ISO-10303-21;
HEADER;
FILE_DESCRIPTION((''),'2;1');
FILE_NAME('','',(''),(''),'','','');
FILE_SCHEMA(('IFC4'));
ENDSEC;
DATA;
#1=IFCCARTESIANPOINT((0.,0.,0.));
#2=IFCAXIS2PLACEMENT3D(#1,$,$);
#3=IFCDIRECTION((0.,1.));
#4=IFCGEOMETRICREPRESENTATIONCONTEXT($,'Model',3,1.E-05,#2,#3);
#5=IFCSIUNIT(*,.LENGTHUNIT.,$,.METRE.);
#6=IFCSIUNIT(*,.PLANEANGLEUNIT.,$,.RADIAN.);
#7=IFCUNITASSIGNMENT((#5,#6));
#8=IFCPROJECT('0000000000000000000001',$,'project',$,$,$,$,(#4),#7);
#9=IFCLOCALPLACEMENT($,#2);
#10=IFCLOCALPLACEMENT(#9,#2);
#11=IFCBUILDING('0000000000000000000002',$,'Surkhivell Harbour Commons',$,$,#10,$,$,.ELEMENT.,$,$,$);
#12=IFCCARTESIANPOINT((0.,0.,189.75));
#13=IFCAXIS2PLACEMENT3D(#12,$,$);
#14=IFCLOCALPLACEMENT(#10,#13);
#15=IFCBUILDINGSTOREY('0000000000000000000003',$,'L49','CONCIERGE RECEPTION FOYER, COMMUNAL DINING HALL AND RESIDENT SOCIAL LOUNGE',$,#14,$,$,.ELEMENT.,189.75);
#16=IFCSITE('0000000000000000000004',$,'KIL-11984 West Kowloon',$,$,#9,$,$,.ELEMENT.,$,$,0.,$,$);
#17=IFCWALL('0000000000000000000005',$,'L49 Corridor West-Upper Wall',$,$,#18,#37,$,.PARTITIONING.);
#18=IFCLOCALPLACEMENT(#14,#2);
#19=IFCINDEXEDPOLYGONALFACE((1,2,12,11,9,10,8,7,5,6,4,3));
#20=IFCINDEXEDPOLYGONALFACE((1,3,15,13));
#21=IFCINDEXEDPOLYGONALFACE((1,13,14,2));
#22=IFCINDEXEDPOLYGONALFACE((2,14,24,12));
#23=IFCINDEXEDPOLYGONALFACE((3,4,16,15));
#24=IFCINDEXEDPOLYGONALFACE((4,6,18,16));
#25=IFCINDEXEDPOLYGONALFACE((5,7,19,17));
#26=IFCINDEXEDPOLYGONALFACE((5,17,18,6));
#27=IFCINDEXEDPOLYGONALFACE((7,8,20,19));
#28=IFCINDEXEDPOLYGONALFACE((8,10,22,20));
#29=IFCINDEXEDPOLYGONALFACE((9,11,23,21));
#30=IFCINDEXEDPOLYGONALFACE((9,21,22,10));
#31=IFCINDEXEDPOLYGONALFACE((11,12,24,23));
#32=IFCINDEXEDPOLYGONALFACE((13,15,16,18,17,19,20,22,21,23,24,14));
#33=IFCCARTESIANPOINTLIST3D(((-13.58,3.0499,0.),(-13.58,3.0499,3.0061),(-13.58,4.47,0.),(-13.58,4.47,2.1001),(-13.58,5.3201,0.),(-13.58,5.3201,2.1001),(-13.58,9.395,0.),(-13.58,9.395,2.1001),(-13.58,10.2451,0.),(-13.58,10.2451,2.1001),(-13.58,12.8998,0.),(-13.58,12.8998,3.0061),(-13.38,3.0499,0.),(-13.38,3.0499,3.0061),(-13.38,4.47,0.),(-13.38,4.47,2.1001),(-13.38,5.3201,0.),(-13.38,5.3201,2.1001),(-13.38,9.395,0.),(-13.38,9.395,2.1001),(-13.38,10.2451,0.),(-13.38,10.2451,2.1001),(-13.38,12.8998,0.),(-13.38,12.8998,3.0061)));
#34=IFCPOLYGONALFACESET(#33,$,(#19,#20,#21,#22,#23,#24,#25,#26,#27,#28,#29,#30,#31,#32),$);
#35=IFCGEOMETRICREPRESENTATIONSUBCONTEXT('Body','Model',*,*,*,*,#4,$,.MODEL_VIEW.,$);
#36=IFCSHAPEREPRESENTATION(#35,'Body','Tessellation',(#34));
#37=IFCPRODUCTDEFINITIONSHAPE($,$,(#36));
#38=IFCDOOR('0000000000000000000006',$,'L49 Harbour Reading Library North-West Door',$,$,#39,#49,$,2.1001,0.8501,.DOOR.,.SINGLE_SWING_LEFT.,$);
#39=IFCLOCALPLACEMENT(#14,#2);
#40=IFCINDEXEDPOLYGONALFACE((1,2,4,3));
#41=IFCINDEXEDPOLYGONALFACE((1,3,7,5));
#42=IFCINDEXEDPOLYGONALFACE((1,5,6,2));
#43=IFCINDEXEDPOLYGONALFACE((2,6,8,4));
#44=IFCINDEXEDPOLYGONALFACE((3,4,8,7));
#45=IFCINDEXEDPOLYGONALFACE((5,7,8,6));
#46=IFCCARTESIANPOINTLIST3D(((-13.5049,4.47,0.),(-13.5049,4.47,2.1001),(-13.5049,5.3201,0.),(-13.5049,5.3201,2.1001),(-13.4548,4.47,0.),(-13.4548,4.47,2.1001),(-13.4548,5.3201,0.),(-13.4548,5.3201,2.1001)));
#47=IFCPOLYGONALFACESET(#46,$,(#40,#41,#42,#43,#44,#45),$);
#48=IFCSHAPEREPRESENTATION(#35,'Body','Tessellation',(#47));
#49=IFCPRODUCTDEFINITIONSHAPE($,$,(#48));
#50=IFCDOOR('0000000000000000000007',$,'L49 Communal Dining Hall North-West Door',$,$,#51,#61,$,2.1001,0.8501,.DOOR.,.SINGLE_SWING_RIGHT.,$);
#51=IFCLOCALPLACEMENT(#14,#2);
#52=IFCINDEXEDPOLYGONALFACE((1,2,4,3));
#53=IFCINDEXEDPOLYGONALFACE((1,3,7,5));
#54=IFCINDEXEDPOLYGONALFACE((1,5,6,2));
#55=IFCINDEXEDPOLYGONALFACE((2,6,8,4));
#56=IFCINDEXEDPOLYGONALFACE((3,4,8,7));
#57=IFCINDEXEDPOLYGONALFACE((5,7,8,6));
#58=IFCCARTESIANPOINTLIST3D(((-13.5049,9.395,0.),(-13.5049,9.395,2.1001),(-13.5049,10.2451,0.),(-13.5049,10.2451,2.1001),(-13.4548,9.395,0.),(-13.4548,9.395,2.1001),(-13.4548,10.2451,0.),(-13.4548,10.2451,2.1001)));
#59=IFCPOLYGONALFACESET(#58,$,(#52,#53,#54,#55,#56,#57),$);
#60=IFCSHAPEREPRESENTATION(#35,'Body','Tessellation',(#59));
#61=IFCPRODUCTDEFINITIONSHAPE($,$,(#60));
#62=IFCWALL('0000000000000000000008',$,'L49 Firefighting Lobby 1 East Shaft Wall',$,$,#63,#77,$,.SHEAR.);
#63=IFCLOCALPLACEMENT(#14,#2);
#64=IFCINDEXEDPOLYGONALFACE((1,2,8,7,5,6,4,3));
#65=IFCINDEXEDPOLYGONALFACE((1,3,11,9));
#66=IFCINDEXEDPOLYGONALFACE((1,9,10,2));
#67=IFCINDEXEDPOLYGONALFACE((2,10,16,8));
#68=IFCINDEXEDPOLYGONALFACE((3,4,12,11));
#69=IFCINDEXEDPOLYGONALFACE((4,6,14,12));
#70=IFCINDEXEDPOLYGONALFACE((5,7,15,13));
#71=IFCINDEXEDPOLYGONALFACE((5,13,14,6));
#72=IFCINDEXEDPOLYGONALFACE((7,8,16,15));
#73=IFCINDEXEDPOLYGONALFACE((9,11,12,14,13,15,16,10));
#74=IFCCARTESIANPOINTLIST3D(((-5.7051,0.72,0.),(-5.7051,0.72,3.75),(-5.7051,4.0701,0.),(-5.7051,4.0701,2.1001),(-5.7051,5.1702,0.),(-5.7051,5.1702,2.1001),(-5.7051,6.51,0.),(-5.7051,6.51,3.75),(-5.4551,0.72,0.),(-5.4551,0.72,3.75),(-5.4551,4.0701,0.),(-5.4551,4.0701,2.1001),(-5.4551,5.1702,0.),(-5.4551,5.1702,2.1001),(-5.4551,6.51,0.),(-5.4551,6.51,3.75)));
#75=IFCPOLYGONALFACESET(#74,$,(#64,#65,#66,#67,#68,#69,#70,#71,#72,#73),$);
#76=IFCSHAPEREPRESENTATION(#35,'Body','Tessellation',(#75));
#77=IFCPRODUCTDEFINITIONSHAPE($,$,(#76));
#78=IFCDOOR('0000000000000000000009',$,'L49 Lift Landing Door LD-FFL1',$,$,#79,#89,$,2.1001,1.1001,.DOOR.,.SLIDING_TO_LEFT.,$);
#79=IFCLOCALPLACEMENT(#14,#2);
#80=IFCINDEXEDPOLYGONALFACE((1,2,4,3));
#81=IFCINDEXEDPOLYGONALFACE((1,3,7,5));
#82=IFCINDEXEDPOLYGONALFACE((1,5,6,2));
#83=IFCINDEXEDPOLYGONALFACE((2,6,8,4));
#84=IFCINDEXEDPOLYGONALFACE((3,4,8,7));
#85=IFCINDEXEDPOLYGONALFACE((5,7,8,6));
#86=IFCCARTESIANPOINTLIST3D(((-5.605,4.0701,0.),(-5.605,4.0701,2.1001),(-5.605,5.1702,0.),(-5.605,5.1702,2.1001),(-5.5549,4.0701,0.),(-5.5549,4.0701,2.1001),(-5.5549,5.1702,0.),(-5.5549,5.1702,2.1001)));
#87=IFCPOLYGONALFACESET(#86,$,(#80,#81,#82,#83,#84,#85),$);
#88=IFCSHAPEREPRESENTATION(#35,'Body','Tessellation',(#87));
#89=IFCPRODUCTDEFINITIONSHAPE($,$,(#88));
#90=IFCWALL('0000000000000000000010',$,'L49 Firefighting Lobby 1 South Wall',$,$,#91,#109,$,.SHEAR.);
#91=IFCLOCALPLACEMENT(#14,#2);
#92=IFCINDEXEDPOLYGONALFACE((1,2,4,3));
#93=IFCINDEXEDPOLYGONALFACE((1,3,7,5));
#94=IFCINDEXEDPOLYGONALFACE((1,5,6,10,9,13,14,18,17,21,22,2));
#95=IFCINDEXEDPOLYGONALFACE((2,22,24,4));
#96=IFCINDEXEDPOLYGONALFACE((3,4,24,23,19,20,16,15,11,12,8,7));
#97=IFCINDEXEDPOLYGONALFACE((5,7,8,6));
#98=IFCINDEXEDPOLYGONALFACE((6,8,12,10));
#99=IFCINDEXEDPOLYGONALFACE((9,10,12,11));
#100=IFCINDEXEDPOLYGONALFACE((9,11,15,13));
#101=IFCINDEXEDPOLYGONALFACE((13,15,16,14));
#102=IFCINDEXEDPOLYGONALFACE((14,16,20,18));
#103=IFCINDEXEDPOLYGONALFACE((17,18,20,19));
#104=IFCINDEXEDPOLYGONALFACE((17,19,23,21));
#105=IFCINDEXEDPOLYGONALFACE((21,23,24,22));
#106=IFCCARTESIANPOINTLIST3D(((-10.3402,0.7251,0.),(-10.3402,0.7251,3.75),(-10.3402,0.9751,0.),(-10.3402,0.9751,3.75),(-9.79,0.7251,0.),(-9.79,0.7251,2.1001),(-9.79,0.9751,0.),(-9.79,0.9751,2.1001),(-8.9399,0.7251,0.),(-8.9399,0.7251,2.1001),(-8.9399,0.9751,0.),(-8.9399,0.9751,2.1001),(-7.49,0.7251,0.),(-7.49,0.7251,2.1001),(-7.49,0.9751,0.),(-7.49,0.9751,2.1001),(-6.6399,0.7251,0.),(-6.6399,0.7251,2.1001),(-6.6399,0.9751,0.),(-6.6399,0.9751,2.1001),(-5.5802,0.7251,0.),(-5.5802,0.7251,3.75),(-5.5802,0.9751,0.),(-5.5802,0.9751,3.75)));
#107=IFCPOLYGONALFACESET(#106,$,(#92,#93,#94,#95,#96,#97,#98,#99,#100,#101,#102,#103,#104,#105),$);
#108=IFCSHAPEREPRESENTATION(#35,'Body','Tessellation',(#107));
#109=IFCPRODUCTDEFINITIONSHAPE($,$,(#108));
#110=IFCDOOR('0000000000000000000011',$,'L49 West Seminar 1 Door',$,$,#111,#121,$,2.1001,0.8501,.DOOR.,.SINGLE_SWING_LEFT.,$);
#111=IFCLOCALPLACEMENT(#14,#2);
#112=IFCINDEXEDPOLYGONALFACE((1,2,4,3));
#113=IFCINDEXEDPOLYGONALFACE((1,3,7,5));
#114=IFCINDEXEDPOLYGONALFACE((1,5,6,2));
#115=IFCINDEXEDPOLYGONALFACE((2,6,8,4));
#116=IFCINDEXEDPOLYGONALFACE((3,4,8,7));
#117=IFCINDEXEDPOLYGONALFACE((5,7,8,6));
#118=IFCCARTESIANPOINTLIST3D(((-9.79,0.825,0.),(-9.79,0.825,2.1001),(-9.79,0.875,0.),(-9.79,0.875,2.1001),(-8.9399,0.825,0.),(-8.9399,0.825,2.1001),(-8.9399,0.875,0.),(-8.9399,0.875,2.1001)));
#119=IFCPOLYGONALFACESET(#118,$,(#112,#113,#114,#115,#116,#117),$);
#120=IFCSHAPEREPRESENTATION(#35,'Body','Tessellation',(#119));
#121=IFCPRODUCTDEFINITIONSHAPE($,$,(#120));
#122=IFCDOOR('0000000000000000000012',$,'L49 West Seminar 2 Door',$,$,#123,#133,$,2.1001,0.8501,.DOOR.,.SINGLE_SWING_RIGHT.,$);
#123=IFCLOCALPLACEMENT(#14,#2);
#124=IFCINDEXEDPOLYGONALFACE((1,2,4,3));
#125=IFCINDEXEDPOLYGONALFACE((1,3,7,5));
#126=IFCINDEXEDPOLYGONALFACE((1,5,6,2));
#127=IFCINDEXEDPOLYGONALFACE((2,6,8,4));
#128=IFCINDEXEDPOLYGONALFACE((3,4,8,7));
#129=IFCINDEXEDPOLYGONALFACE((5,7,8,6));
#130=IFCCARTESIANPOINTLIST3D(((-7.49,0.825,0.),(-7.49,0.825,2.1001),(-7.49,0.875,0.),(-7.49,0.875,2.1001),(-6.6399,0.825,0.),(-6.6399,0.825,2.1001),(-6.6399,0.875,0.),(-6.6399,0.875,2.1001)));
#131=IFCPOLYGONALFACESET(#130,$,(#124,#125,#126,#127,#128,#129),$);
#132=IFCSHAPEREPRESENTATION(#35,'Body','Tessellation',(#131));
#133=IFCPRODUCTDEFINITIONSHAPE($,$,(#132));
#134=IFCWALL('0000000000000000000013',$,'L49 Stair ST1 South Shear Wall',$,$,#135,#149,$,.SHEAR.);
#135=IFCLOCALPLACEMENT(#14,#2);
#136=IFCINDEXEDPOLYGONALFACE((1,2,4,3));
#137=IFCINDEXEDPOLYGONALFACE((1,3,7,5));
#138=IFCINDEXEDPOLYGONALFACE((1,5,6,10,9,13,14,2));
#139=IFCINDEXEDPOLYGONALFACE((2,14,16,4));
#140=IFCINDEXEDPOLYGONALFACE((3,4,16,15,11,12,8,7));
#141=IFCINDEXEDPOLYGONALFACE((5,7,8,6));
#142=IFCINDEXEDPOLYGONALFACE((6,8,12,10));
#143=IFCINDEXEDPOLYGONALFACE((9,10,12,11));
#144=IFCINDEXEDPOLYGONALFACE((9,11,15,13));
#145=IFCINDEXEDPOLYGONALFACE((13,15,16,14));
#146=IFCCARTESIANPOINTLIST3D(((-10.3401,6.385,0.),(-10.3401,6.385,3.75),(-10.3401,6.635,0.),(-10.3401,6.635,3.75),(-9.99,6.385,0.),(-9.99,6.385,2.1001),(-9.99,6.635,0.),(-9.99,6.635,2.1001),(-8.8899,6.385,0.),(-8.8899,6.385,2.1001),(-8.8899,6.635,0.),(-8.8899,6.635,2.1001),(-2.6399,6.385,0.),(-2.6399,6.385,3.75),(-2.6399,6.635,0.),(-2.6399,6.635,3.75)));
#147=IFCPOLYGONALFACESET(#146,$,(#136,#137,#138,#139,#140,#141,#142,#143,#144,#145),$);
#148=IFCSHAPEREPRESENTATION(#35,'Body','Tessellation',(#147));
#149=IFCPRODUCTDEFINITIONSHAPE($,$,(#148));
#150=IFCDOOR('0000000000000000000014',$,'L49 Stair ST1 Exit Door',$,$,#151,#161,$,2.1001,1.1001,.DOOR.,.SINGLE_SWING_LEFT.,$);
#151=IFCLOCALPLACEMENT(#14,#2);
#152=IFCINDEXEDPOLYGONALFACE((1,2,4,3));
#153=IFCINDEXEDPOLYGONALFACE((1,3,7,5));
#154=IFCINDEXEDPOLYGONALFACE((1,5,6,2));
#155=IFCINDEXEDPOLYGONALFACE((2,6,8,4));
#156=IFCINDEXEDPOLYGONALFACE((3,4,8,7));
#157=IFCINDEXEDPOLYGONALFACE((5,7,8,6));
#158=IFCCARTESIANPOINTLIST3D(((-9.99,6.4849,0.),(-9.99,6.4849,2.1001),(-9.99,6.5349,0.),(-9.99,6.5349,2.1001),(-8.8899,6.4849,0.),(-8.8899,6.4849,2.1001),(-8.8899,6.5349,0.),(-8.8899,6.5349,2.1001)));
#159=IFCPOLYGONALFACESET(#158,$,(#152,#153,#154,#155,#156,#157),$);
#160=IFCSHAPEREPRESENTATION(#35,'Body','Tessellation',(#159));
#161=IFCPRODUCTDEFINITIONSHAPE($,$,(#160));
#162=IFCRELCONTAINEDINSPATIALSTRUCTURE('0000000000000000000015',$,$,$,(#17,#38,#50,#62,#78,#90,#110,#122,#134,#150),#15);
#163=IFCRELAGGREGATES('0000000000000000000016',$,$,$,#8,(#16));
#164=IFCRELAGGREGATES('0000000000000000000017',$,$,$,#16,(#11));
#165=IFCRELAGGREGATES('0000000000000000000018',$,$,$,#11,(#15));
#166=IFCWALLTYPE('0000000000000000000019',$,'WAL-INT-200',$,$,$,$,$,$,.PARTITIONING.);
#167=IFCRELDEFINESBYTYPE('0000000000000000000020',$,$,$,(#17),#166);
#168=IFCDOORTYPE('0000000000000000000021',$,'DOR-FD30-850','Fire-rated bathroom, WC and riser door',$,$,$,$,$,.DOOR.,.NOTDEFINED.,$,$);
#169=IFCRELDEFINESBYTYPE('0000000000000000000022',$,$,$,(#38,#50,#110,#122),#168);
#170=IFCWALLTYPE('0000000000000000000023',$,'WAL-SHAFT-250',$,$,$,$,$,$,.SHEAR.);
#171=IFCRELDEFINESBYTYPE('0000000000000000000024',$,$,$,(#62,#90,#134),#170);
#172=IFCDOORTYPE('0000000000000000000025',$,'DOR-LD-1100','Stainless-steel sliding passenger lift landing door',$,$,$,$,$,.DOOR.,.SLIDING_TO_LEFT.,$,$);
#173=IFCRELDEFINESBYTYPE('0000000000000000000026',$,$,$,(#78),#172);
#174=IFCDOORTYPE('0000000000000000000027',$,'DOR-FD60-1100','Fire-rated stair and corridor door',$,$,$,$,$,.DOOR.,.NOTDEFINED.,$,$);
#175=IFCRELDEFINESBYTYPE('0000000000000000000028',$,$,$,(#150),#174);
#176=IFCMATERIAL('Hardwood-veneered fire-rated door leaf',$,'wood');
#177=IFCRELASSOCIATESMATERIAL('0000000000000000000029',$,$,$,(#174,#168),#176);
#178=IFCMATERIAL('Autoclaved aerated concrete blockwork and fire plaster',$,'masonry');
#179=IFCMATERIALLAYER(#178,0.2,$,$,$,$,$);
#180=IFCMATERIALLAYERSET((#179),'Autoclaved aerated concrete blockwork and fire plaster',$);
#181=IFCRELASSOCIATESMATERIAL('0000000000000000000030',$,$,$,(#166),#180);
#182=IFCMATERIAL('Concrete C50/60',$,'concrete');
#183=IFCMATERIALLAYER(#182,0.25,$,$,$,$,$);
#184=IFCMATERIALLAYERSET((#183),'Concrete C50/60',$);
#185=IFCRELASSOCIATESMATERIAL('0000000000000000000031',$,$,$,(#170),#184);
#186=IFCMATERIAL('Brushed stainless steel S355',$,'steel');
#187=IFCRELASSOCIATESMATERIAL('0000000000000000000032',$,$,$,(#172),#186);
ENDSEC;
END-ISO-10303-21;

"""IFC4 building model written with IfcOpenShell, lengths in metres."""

from ifc_helpers import new_model, si_unit, direction, frame, frame_2d, origin, place, context, subcontext, project, spatial, rectangle, extrude, material, layer, layer_set, type_object, element, fill, save


model = new_model("IFC4")

# Units and contexts
model_context = context("Model", 3, precision=1e-05, world=origin(), true_north=direction((0.0, 1.0)))
body_context = subcontext(model_context, "Body", "Model", "MODEL_VIEW")
ifc_project = project(units=[si_unit("LENGTHUNIT", "METRE"), si_unit("PLANEANGLEUNIT", "RADIAN")], contexts=[model_context])

# Site, building, storey
site_placement = place(None, origin())
site = spatial("IfcSite", under=ifc_project, at=site_placement, Name="KIL-11984 West Kowloon", CompositionType="ELEMENT", RefElevation=0.0)
building_placement = place(site_placement, origin())
building = spatial("IfcBuilding", under=site, at=building_placement, Name="Surkhivell Harbour Commons", CompositionType="ELEMENT")
storey_placement = place(building_placement, frame((0.0, 0.0, 189.75)))
storey = spatial("IfcBuildingStorey", under=building, at=storey_placement, Name="L49", Description="CONCIERGE RECEPTION FOYER, COMMUNAL DINING HALL AND RESIDENT SOCIAL LOUNGE", CompositionType="ELEMENT", Elevation=189.75)

# Shared definitions
ifc_material_1 = material(Name="Hardwood-veneered fire-rated door leaf", Category="wood")
door_type_1 = type_object("IfcDoorType", Name="DOR-FD60-1100", Description="Fire-rated stair and corridor door", OperationType="NOTDEFINED", PredefinedType="DOOR", material=ifc_material_1)

# Wall, openings, doors
ifc_material_2 = material(Name="Autoclaved aerated concrete blockwork and fire plaster", Category="masonry")
ifc_layer_1 = layer(ifc_material_2, 0.2)
ifc_layer_set_1 = layer_set([ifc_layer_1], Name="Autoclaved aerated concrete blockwork and fire plaster")
wall_type_1 = type_object("IfcWallType", Name="WAL-INT-200", PredefinedType="PARTITIONING", material=ifc_layer_set_1)
wall_1_placement = place(storey_placement, frame((-13.48, 3.05, 0.0), z_axis=(0.0, 0.0, 1.0), x_axis=(0.0, 1.0, 0.0)))
wall_1 = element("IfcWall", 1, at=wall_1_placement, inside=storey, type_object=wall_type_1, Name="L49 Corridor West-Upper Wall", PredefinedType="PARTITIONING", context=body_context, shape_type="SweptSolid", body=[
    extrude(rectangle(XDim=9.8499, YDim=0.2, at=frame_2d((4.9248, 0.0))), origin(), (0.0, 0.0, 1.0), 3.0061),
])
opening_1_placement = place(wall_1_placement, frame((1.4199, 0.0, 0.0)))
opening_1 = element("IfcOpeningElement", 2, at=opening_1_placement, cuts=wall_1, PredefinedType="OPENING", context=body_context, shape_type="SweptSolid", body=[
    extrude(rectangle(XDim=0.8501, YDim=2.1001, at=frame_2d((0.425, 1.05))), frame((0.0, 0.1099, 0.0), z_axis=(0.0, -1.0, 0.0), x_axis=(1.0, 0.0, 0.0)), (0.0, 0.0, 1.0), 0.22),
])
opening_2_placement = place(wall_1_placement, frame((6.345, 0.0, 0.0)))
opening_2 = element("IfcOpeningElement", 3, at=opening_2_placement, cuts=wall_1, PredefinedType="OPENING", context=body_context, shape_type="SweptSolid", body=[
    extrude(rectangle(XDim=0.8501, YDim=2.1001, at=frame_2d((0.425, 1.05))), frame((0.0, 0.1099, 0.0), z_axis=(0.0, -1.0, 0.0), x_axis=(1.0, 0.0, 0.0)), (0.0, 0.0, 1.0), 0.22),
])
door_type_2 = type_object("IfcDoorType", Name="DOR-FD30-850", Description="Fire-rated bathroom, WC and riser door", OperationType="NOTDEFINED", PredefinedType="DOOR", material=ifc_material_1)
door_1_placement = place(opening_1_placement, origin())
door_1 = element("IfcDoor", 4, at=door_1_placement, inside=storey, type_object=door_type_2, Name="L49 Harbour Reading Library North-West Door", OperationType="SINGLE_SWING_LEFT", OverallHeight=2.1001, OverallWidth=0.8501, PredefinedType="DOOR", context=body_context, shape_type="SweptSolid", body=[
    extrude(rectangle(XDim=0.8501, YDim=2.1001, at=frame_2d((0.425, 1.05))), frame((0.0, 0.0249, 0.0), z_axis=(0.0, -1.0, 0.0), x_axis=(1.0, 0.0, 0.0)), (0.0, 0.0, 1.0), 0.05),
])
fill(opening_1, door_1)
door_2_placement = place(opening_2_placement, origin())
door_2 = element("IfcDoor", 5, at=door_2_placement, inside=storey, type_object=door_type_2, Name="L49 Communal Dining Hall North-West Door", OperationType="SINGLE_SWING_RIGHT", OverallHeight=2.1001, OverallWidth=0.8501, PredefinedType="DOOR", context=body_context, shape_type="SweptSolid", body=[
    extrude(rectangle(XDim=0.8501, YDim=2.1001, at=frame_2d((0.425, 1.05))), frame((0.0, 0.0249, 0.0), z_axis=(0.0, -1.0, 0.0), x_axis=(1.0, 0.0, 0.0)), (0.0, 0.0, 1.0), 0.05),
])
fill(opening_2, door_2)

# Wall, opening, door
ifc_material_3 = material(Name="Concrete C50/60", Category="concrete")
ifc_layer_2 = layer(ifc_material_3, 0.25)
ifc_layer_set_2 = layer_set([ifc_layer_2], Name="Concrete C50/60")
wall_type_2 = type_object("IfcWallType", Name="WAL-SHAFT-250", PredefinedType="SHEAR", material=ifc_layer_set_2)
wall_2_placement = place(storey_placement, frame((-5.5801, 0.72, 0.0), z_axis=(0.0, 0.0, 1.0), x_axis=(0.0, 1.0, 0.0)))
wall_2 = element("IfcWall", 6, at=wall_2_placement, inside=storey, type_object=wall_type_2, Name="L49 Firefighting Lobby 1 East Shaft Wall", PredefinedType="SHEAR", context=body_context, shape_type="SweptSolid", body=[
    extrude(rectangle(XDim=5.79, YDim=0.25, at=frame_2d((2.895, 0.0))), origin(), (0.0, 0.0, 1.0), 3.75),
])
opening_3_placement = place(wall_2_placement, frame((3.3501, 0.0, 0.0)))
opening_3 = element("IfcOpeningElement", 7, at=opening_3_placement, cuts=wall_2, PredefinedType="OPENING", context=body_context, shape_type="SweptSolid", body=[
    extrude(rectangle(XDim=1.1001, YDim=2.1001, at=frame_2d((0.55, 1.05))), frame((0.0, 0.135, 0.0), z_axis=(0.0, -1.0, 0.0), x_axis=(1.0, 0.0, 0.0)), (0.0, 0.0, 1.0), 0.27),
])
ifc_material_4 = material(Name="Brushed stainless steel S355", Category="steel")
door_type_3 = type_object("IfcDoorType", Name="DOR-LD-1100", Description="Stainless-steel sliding passenger lift landing door", OperationType="SLIDING_TO_LEFT", PredefinedType="DOOR", material=ifc_material_4)
door_3_placement = place(opening_3_placement, origin())
door_3 = element("IfcDoor", 8, at=door_3_placement, inside=storey, type_object=door_type_3, Name="L49 Lift Landing Door LD-FFL1", OperationType="SLIDING_TO_LEFT", OverallHeight=2.1001, OverallWidth=1.1001, PredefinedType="DOOR", context=body_context, shape_type="SweptSolid", body=[
    extrude(rectangle(XDim=1.1001, YDim=2.1001, at=frame_2d((0.55, 1.05))), frame((0.0, 0.0249, 0.0), z_axis=(0.0, -1.0, 0.0), x_axis=(1.0, 0.0, 0.0)), (0.0, 0.0, 1.0), 0.05),
])
fill(opening_3, door_3)

# Wall, openings, doors
wall_3_placement = place(storey_placement, frame((-10.3401, 0.8501, 0.0), z_axis=(0.0, 0.0, 1.0), x_axis=(1.0, 0.0, 0.0)))
wall_3 = element("IfcWall", 9, at=wall_3_placement, inside=storey, type_object=wall_type_2, Name="L49 Firefighting Lobby 1 South Wall", PredefinedType="SHEAR", context=body_context, shape_type="SweptSolid", body=[
    extrude(rectangle(XDim=4.76, YDim=0.25, at=frame_2d((2.3799, 0.0))), origin(), (0.0, 0.0, 1.0), 3.75),
])
opening_4_placement = place(wall_3_placement, frame((0.55, 0.0, 0.0)))
opening_4 = element("IfcOpeningElement", 10, at=opening_4_placement, cuts=wall_3, PredefinedType="OPENING", context=body_context, shape_type="SweptSolid", body=[
    extrude(rectangle(XDim=0.8501, YDim=2.1001, at=frame_2d((0.425, 1.05))), frame((0.0, 0.135, 0.0), z_axis=(0.0, -1.0, 0.0), x_axis=(1.0, 0.0, 0.0)), (0.0, 0.0, 1.0), 0.27),
])
opening_5_placement = place(wall_3_placement, frame((2.8501, 0.0, 0.0)))
opening_5 = element("IfcOpeningElement", 11, at=opening_5_placement, cuts=wall_3, PredefinedType="OPENING", context=body_context, shape_type="SweptSolid", body=[
    extrude(rectangle(XDim=0.8501, YDim=2.1001, at=frame_2d((0.425, 1.05))), frame((0.0, 0.135, 0.0), z_axis=(0.0, -1.0, 0.0), x_axis=(1.0, 0.0, 0.0)), (0.0, 0.0, 1.0), 0.27),
])
door_4_placement = place(opening_4_placement, origin())
door_4 = element("IfcDoor", 12, at=door_4_placement, inside=storey, type_object=door_type_2, Name="L49 West Seminar 1 Door", OperationType="SINGLE_SWING_LEFT", OverallHeight=2.1001, OverallWidth=0.8501, PredefinedType="DOOR", context=body_context, shape_type="SweptSolid", body=[
    extrude(rectangle(XDim=0.8501, YDim=2.1001, at=frame_2d((0.425, 1.05))), frame((0.0, 0.0249, 0.0), z_axis=(0.0, -1.0, 0.0), x_axis=(1.0, 0.0, 0.0)), (0.0, 0.0, 1.0), 0.05),
])
fill(opening_4, door_4)
door_5_placement = place(opening_5_placement, origin())
door_5 = element("IfcDoor", 13, at=door_5_placement, inside=storey, type_object=door_type_2, Name="L49 West Seminar 2 Door", OperationType="SINGLE_SWING_RIGHT", OverallHeight=2.1001, OverallWidth=0.8501, PredefinedType="DOOR", context=body_context, shape_type="SweptSolid", body=[
    extrude(rectangle(XDim=0.8501, YDim=2.1001, at=frame_2d((0.425, 1.05))), frame((0.0, 0.0249, 0.0), z_axis=(0.0, -1.0, 0.0), x_axis=(1.0, 0.0, 0.0)), (0.0, 0.0, 1.0), 0.05),
])
fill(opening_5, door_5)

# Wall, opening, door
wall_4_placement = place(storey_placement, frame((-10.3401, 6.51, 0.0), z_axis=(0.0, 0.0, 1.0), x_axis=(1.0, 0.0, 0.0)))
wall_4 = element("IfcWall", 14, at=wall_4_placement, inside=storey, type_object=wall_type_2, Name="L49 Stair ST1 South Shear Wall", PredefinedType="SHEAR", context=body_context, shape_type="SweptSolid", body=[
    extrude(rectangle(XDim=7.7002, YDim=0.25, at=frame_2d((3.8501, 0.0))), origin(), (0.0, 0.0, 1.0), 3.75),
])
opening_6_placement = place(wall_4_placement, frame((0.3501, 0.0, 0.0)))
opening_6 = element("IfcOpeningElement", 15, at=opening_6_placement, cuts=wall_4, PredefinedType="OPENING", context=body_context, shape_type="SweptSolid", body=[
    extrude(rectangle(XDim=1.1001, YDim=2.1001, at=frame_2d((0.55, 1.05))), frame((0.0, 0.135, 0.0), z_axis=(0.0, -1.0, 0.0), x_axis=(1.0, 0.0, 0.0)), (0.0, 0.0, 1.0), 0.27),
])
door_6_placement = place(opening_6_placement, origin())
door_6 = element("IfcDoor", 16, at=door_6_placement, inside=storey, type_object=door_type_1, Name="L49 Stair ST1 Exit Door", OperationType="SINGLE_SWING_LEFT", OverallHeight=2.1001, OverallWidth=1.1001, PredefinedType="DOOR", context=body_context, shape_type="SweptSolid", body=[
    extrude(rectangle(XDim=1.1001, YDim=2.1001, at=frame_2d((0.55, 1.05))), frame((0.0, 0.0249, 0.0), z_axis=(0.0, -1.0, 0.0), x_axis=(1.0, 0.0, 0.0)), (0.0, 0.0, 1.0), 0.05),
])
fill(opening_6, door_6)

save(model, "model.ifc")
